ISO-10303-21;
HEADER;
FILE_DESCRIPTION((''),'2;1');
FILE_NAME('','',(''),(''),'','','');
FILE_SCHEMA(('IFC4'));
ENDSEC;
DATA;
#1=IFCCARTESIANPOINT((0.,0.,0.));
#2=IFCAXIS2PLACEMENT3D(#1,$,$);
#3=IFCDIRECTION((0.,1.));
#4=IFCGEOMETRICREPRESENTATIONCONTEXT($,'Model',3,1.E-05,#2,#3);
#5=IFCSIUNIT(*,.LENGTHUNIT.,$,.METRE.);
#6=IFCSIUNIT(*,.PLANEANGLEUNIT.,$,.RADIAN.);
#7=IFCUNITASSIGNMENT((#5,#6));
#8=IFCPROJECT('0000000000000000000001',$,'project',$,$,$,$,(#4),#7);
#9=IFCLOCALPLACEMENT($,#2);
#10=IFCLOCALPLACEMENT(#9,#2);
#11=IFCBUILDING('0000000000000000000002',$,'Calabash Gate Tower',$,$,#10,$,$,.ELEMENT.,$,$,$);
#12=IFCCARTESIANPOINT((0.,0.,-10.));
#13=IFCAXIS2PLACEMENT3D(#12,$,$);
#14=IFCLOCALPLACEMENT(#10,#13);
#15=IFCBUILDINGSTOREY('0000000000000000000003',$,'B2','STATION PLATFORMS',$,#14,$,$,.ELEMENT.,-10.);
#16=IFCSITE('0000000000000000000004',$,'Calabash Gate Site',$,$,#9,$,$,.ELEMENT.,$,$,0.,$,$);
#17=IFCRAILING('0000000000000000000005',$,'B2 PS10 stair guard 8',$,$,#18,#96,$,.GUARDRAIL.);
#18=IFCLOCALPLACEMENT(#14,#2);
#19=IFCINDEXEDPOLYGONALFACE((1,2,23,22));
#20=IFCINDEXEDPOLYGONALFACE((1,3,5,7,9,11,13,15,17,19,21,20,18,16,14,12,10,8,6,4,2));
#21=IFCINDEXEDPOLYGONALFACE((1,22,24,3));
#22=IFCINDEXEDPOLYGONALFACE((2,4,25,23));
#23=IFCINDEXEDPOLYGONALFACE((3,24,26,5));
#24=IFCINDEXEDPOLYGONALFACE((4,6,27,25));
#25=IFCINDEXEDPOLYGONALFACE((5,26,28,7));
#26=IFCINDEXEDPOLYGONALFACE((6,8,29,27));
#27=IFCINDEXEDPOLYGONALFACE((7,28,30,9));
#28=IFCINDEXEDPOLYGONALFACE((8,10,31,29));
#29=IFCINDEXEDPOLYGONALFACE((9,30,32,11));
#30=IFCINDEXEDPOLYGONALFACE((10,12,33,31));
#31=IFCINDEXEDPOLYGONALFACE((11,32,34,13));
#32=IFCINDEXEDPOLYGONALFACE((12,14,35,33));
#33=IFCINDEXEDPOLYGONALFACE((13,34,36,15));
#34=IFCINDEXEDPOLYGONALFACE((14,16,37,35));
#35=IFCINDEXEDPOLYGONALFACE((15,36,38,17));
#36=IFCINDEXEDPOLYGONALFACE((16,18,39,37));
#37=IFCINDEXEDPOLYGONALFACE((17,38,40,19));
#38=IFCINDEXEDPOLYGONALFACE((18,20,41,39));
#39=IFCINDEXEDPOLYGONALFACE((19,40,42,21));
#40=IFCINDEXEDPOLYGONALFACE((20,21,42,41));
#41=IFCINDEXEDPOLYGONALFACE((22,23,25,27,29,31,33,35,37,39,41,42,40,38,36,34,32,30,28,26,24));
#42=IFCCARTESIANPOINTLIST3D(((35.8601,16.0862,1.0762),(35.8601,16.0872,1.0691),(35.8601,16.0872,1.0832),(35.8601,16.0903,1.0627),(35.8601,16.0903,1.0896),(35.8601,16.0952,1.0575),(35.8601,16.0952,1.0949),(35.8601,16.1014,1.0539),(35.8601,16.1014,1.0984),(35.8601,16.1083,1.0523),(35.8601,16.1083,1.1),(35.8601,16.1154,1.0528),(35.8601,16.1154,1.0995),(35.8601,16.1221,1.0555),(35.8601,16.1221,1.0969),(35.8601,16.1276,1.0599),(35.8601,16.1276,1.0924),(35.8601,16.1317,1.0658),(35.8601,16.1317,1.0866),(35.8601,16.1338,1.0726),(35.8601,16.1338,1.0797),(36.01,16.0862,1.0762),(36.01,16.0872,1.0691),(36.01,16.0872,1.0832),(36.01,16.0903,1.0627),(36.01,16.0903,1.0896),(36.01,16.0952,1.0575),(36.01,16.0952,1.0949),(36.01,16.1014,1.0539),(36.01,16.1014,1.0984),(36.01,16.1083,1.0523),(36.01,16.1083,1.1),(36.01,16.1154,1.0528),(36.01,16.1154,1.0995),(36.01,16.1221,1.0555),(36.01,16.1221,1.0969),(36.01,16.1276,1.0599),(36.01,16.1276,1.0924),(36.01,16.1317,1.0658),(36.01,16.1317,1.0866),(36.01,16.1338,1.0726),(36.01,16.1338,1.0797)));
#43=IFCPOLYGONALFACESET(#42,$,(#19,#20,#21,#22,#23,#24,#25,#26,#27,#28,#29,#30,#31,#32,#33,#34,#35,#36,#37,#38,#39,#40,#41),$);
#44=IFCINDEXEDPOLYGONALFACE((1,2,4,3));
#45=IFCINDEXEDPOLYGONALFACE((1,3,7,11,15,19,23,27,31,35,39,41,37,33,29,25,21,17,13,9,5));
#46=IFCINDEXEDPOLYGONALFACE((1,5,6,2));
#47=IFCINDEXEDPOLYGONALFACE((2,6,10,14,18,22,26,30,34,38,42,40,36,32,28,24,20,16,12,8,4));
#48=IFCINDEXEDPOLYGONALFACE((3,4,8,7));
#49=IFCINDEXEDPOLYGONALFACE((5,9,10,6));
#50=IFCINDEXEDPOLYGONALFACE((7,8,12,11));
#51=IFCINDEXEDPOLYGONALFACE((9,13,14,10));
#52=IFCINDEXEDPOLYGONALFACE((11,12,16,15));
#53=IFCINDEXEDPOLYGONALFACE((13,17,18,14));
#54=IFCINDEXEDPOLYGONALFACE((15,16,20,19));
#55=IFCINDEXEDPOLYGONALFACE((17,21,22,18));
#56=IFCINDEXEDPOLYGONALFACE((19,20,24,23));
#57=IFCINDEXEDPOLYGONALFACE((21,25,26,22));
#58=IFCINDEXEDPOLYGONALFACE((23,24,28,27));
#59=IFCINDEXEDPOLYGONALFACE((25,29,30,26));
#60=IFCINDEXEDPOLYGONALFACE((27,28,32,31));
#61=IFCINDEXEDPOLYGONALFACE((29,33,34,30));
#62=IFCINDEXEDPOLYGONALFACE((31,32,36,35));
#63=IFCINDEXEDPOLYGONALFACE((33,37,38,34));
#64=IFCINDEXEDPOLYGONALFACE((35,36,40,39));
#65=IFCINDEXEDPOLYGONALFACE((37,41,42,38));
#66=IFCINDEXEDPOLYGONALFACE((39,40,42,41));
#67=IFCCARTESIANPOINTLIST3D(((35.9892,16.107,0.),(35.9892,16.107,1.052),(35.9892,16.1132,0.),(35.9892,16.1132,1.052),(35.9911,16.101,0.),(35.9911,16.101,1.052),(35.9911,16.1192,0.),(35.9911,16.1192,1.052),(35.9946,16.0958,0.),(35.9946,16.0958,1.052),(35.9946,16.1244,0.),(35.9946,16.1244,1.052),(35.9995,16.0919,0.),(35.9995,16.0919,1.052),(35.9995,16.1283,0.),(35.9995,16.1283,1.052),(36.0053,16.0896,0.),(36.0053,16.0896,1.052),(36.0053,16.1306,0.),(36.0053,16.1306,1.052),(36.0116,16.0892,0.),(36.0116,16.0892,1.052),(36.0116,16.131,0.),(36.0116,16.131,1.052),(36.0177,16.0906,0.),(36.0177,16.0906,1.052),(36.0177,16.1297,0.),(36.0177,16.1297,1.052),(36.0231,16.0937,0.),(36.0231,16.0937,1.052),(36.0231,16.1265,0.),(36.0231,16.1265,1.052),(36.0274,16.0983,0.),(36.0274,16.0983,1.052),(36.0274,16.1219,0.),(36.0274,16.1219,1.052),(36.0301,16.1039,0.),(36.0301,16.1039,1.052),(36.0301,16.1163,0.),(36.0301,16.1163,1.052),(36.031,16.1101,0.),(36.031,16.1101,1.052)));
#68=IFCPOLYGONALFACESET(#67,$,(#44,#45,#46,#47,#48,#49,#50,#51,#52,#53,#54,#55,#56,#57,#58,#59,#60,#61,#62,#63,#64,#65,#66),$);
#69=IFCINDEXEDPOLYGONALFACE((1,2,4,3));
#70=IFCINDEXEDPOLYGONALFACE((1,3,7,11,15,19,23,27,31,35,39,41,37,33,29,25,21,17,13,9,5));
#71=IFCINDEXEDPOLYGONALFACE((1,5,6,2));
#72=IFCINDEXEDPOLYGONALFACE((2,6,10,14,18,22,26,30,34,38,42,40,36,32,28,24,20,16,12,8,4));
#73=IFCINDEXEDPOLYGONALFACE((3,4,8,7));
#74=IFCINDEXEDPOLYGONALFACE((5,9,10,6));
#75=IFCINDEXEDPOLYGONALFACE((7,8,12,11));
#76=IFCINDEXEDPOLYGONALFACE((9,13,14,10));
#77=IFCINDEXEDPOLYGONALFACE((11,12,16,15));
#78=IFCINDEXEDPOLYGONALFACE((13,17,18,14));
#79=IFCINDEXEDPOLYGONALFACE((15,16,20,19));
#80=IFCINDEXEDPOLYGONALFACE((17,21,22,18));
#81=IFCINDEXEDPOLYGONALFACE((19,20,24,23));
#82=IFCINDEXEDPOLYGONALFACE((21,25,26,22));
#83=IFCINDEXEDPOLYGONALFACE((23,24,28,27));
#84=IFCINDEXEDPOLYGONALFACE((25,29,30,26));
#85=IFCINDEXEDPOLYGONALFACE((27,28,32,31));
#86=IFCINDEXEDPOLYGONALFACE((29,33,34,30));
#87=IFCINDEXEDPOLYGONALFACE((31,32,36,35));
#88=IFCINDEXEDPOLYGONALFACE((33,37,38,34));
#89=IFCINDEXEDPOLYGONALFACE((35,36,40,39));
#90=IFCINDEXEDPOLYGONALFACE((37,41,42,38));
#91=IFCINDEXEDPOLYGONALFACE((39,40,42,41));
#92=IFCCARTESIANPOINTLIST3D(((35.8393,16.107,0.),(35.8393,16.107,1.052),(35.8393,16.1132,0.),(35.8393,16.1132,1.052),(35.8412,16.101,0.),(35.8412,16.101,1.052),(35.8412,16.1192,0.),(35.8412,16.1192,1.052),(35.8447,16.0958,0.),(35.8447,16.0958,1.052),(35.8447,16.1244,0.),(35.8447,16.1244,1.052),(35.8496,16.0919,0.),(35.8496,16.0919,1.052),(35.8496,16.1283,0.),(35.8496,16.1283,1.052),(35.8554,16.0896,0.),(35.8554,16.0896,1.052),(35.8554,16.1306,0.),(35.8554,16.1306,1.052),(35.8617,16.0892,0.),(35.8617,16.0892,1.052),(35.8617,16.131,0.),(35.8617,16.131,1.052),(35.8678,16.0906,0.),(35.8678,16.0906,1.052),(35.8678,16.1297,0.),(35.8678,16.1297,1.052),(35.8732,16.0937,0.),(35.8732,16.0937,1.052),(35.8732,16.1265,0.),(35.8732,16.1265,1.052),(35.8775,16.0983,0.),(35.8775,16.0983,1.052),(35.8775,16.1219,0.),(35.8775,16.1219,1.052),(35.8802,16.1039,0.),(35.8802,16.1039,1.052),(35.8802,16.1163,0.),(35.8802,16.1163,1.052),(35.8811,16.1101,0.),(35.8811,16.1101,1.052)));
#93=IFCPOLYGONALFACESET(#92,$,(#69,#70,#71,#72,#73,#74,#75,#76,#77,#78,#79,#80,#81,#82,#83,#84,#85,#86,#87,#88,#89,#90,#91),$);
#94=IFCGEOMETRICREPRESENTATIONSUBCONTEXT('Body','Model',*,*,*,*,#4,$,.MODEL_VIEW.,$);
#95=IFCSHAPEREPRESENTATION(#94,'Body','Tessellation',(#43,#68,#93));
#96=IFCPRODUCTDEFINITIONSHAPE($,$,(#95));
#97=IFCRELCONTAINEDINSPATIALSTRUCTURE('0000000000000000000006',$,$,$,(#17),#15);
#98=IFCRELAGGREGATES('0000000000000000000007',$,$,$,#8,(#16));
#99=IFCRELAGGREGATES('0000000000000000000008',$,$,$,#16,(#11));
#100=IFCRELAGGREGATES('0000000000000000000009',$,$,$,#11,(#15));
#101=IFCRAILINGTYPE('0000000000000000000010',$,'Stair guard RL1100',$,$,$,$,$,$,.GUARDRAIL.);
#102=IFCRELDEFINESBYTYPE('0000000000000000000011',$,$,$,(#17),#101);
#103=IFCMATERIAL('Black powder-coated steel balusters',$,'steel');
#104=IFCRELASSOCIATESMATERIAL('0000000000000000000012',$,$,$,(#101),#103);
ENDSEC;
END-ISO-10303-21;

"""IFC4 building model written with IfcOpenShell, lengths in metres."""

from ifc_helpers import new_model, si_unit, direction, frame, origin, origin_2d, place, context, subcontext, project, spatial, circle, extrude, material, type_object, element, save


model = new_model("IFC4")

# Units and contexts
model_context = context("Model", 3, precision=1e-05, world=origin(), true_north=direction((0.0, 1.0)))
body_context = subcontext(model_context, "Body", "Model", "MODEL_VIEW")
ifc_project = project(units=[si_unit("LENGTHUNIT", "METRE"), si_unit("PLANEANGLEUNIT", "RADIAN")], contexts=[model_context])

# Site, building, storey
site_placement = place(None, origin())
site = spatial("IfcSite", under=ifc_project, at=site_placement, Name="Calabash Gate Site", CompositionType="ELEMENT", RefElevation=0.0)
building_placement = place(site_placement, origin())
building = spatial("IfcBuilding", under=site, at=building_placement, Name="Calabash Gate Tower", CompositionType="ELEMENT")
storey_placement = place(building_placement, frame((0.0, 0.0, -10.0)))
storey = spatial("IfcBuildingStorey", under=building, at=storey_placement, Name="B2", Description="STATION PLATFORMS", CompositionType="ELEMENT", Elevation=-10.0)

# Railing
ifc_material_1 = material(Name="Black powder-coated steel balusters", Category="steel")
railing_type = type_object("IfcRailingType", Name="Stair guard RL1100", PredefinedType="GUARDRAIL", material=ifc_material_1)
for number, where, name in (
    (1, (36.01, 16.1101, 0.0), "B2 PS10 stair guard 8"),
):
    element("IfcRailing", number, at=place(storey_placement, frame(where)), inside=storey, type_object=railing_type, Name=name, PredefinedType="GUARDRAIL", context=body_context, shape_type="SweptSolid", body=[
        extrude(circle(Radius=0.0239, at=origin_2d()), frame((0.0, 0.0, 1.0762), z_axis=(-1.0, 0.0, 0.0), x_axis=(0.0, -1.0, 0.0)), (0.0, 0.0, 1.0), 0.1499),
        extrude(circle(Radius=0.021, at=origin_2d()), origin(), (0.0, 0.0, 1.0), 1.052),
        extrude(circle(Radius=0.021, at=origin_2d()), frame((-0.1499, 0.0, 0.0)), (0.0, 0.0, 1.0), 1.052),
    ])

save(model, "model.ifc")
